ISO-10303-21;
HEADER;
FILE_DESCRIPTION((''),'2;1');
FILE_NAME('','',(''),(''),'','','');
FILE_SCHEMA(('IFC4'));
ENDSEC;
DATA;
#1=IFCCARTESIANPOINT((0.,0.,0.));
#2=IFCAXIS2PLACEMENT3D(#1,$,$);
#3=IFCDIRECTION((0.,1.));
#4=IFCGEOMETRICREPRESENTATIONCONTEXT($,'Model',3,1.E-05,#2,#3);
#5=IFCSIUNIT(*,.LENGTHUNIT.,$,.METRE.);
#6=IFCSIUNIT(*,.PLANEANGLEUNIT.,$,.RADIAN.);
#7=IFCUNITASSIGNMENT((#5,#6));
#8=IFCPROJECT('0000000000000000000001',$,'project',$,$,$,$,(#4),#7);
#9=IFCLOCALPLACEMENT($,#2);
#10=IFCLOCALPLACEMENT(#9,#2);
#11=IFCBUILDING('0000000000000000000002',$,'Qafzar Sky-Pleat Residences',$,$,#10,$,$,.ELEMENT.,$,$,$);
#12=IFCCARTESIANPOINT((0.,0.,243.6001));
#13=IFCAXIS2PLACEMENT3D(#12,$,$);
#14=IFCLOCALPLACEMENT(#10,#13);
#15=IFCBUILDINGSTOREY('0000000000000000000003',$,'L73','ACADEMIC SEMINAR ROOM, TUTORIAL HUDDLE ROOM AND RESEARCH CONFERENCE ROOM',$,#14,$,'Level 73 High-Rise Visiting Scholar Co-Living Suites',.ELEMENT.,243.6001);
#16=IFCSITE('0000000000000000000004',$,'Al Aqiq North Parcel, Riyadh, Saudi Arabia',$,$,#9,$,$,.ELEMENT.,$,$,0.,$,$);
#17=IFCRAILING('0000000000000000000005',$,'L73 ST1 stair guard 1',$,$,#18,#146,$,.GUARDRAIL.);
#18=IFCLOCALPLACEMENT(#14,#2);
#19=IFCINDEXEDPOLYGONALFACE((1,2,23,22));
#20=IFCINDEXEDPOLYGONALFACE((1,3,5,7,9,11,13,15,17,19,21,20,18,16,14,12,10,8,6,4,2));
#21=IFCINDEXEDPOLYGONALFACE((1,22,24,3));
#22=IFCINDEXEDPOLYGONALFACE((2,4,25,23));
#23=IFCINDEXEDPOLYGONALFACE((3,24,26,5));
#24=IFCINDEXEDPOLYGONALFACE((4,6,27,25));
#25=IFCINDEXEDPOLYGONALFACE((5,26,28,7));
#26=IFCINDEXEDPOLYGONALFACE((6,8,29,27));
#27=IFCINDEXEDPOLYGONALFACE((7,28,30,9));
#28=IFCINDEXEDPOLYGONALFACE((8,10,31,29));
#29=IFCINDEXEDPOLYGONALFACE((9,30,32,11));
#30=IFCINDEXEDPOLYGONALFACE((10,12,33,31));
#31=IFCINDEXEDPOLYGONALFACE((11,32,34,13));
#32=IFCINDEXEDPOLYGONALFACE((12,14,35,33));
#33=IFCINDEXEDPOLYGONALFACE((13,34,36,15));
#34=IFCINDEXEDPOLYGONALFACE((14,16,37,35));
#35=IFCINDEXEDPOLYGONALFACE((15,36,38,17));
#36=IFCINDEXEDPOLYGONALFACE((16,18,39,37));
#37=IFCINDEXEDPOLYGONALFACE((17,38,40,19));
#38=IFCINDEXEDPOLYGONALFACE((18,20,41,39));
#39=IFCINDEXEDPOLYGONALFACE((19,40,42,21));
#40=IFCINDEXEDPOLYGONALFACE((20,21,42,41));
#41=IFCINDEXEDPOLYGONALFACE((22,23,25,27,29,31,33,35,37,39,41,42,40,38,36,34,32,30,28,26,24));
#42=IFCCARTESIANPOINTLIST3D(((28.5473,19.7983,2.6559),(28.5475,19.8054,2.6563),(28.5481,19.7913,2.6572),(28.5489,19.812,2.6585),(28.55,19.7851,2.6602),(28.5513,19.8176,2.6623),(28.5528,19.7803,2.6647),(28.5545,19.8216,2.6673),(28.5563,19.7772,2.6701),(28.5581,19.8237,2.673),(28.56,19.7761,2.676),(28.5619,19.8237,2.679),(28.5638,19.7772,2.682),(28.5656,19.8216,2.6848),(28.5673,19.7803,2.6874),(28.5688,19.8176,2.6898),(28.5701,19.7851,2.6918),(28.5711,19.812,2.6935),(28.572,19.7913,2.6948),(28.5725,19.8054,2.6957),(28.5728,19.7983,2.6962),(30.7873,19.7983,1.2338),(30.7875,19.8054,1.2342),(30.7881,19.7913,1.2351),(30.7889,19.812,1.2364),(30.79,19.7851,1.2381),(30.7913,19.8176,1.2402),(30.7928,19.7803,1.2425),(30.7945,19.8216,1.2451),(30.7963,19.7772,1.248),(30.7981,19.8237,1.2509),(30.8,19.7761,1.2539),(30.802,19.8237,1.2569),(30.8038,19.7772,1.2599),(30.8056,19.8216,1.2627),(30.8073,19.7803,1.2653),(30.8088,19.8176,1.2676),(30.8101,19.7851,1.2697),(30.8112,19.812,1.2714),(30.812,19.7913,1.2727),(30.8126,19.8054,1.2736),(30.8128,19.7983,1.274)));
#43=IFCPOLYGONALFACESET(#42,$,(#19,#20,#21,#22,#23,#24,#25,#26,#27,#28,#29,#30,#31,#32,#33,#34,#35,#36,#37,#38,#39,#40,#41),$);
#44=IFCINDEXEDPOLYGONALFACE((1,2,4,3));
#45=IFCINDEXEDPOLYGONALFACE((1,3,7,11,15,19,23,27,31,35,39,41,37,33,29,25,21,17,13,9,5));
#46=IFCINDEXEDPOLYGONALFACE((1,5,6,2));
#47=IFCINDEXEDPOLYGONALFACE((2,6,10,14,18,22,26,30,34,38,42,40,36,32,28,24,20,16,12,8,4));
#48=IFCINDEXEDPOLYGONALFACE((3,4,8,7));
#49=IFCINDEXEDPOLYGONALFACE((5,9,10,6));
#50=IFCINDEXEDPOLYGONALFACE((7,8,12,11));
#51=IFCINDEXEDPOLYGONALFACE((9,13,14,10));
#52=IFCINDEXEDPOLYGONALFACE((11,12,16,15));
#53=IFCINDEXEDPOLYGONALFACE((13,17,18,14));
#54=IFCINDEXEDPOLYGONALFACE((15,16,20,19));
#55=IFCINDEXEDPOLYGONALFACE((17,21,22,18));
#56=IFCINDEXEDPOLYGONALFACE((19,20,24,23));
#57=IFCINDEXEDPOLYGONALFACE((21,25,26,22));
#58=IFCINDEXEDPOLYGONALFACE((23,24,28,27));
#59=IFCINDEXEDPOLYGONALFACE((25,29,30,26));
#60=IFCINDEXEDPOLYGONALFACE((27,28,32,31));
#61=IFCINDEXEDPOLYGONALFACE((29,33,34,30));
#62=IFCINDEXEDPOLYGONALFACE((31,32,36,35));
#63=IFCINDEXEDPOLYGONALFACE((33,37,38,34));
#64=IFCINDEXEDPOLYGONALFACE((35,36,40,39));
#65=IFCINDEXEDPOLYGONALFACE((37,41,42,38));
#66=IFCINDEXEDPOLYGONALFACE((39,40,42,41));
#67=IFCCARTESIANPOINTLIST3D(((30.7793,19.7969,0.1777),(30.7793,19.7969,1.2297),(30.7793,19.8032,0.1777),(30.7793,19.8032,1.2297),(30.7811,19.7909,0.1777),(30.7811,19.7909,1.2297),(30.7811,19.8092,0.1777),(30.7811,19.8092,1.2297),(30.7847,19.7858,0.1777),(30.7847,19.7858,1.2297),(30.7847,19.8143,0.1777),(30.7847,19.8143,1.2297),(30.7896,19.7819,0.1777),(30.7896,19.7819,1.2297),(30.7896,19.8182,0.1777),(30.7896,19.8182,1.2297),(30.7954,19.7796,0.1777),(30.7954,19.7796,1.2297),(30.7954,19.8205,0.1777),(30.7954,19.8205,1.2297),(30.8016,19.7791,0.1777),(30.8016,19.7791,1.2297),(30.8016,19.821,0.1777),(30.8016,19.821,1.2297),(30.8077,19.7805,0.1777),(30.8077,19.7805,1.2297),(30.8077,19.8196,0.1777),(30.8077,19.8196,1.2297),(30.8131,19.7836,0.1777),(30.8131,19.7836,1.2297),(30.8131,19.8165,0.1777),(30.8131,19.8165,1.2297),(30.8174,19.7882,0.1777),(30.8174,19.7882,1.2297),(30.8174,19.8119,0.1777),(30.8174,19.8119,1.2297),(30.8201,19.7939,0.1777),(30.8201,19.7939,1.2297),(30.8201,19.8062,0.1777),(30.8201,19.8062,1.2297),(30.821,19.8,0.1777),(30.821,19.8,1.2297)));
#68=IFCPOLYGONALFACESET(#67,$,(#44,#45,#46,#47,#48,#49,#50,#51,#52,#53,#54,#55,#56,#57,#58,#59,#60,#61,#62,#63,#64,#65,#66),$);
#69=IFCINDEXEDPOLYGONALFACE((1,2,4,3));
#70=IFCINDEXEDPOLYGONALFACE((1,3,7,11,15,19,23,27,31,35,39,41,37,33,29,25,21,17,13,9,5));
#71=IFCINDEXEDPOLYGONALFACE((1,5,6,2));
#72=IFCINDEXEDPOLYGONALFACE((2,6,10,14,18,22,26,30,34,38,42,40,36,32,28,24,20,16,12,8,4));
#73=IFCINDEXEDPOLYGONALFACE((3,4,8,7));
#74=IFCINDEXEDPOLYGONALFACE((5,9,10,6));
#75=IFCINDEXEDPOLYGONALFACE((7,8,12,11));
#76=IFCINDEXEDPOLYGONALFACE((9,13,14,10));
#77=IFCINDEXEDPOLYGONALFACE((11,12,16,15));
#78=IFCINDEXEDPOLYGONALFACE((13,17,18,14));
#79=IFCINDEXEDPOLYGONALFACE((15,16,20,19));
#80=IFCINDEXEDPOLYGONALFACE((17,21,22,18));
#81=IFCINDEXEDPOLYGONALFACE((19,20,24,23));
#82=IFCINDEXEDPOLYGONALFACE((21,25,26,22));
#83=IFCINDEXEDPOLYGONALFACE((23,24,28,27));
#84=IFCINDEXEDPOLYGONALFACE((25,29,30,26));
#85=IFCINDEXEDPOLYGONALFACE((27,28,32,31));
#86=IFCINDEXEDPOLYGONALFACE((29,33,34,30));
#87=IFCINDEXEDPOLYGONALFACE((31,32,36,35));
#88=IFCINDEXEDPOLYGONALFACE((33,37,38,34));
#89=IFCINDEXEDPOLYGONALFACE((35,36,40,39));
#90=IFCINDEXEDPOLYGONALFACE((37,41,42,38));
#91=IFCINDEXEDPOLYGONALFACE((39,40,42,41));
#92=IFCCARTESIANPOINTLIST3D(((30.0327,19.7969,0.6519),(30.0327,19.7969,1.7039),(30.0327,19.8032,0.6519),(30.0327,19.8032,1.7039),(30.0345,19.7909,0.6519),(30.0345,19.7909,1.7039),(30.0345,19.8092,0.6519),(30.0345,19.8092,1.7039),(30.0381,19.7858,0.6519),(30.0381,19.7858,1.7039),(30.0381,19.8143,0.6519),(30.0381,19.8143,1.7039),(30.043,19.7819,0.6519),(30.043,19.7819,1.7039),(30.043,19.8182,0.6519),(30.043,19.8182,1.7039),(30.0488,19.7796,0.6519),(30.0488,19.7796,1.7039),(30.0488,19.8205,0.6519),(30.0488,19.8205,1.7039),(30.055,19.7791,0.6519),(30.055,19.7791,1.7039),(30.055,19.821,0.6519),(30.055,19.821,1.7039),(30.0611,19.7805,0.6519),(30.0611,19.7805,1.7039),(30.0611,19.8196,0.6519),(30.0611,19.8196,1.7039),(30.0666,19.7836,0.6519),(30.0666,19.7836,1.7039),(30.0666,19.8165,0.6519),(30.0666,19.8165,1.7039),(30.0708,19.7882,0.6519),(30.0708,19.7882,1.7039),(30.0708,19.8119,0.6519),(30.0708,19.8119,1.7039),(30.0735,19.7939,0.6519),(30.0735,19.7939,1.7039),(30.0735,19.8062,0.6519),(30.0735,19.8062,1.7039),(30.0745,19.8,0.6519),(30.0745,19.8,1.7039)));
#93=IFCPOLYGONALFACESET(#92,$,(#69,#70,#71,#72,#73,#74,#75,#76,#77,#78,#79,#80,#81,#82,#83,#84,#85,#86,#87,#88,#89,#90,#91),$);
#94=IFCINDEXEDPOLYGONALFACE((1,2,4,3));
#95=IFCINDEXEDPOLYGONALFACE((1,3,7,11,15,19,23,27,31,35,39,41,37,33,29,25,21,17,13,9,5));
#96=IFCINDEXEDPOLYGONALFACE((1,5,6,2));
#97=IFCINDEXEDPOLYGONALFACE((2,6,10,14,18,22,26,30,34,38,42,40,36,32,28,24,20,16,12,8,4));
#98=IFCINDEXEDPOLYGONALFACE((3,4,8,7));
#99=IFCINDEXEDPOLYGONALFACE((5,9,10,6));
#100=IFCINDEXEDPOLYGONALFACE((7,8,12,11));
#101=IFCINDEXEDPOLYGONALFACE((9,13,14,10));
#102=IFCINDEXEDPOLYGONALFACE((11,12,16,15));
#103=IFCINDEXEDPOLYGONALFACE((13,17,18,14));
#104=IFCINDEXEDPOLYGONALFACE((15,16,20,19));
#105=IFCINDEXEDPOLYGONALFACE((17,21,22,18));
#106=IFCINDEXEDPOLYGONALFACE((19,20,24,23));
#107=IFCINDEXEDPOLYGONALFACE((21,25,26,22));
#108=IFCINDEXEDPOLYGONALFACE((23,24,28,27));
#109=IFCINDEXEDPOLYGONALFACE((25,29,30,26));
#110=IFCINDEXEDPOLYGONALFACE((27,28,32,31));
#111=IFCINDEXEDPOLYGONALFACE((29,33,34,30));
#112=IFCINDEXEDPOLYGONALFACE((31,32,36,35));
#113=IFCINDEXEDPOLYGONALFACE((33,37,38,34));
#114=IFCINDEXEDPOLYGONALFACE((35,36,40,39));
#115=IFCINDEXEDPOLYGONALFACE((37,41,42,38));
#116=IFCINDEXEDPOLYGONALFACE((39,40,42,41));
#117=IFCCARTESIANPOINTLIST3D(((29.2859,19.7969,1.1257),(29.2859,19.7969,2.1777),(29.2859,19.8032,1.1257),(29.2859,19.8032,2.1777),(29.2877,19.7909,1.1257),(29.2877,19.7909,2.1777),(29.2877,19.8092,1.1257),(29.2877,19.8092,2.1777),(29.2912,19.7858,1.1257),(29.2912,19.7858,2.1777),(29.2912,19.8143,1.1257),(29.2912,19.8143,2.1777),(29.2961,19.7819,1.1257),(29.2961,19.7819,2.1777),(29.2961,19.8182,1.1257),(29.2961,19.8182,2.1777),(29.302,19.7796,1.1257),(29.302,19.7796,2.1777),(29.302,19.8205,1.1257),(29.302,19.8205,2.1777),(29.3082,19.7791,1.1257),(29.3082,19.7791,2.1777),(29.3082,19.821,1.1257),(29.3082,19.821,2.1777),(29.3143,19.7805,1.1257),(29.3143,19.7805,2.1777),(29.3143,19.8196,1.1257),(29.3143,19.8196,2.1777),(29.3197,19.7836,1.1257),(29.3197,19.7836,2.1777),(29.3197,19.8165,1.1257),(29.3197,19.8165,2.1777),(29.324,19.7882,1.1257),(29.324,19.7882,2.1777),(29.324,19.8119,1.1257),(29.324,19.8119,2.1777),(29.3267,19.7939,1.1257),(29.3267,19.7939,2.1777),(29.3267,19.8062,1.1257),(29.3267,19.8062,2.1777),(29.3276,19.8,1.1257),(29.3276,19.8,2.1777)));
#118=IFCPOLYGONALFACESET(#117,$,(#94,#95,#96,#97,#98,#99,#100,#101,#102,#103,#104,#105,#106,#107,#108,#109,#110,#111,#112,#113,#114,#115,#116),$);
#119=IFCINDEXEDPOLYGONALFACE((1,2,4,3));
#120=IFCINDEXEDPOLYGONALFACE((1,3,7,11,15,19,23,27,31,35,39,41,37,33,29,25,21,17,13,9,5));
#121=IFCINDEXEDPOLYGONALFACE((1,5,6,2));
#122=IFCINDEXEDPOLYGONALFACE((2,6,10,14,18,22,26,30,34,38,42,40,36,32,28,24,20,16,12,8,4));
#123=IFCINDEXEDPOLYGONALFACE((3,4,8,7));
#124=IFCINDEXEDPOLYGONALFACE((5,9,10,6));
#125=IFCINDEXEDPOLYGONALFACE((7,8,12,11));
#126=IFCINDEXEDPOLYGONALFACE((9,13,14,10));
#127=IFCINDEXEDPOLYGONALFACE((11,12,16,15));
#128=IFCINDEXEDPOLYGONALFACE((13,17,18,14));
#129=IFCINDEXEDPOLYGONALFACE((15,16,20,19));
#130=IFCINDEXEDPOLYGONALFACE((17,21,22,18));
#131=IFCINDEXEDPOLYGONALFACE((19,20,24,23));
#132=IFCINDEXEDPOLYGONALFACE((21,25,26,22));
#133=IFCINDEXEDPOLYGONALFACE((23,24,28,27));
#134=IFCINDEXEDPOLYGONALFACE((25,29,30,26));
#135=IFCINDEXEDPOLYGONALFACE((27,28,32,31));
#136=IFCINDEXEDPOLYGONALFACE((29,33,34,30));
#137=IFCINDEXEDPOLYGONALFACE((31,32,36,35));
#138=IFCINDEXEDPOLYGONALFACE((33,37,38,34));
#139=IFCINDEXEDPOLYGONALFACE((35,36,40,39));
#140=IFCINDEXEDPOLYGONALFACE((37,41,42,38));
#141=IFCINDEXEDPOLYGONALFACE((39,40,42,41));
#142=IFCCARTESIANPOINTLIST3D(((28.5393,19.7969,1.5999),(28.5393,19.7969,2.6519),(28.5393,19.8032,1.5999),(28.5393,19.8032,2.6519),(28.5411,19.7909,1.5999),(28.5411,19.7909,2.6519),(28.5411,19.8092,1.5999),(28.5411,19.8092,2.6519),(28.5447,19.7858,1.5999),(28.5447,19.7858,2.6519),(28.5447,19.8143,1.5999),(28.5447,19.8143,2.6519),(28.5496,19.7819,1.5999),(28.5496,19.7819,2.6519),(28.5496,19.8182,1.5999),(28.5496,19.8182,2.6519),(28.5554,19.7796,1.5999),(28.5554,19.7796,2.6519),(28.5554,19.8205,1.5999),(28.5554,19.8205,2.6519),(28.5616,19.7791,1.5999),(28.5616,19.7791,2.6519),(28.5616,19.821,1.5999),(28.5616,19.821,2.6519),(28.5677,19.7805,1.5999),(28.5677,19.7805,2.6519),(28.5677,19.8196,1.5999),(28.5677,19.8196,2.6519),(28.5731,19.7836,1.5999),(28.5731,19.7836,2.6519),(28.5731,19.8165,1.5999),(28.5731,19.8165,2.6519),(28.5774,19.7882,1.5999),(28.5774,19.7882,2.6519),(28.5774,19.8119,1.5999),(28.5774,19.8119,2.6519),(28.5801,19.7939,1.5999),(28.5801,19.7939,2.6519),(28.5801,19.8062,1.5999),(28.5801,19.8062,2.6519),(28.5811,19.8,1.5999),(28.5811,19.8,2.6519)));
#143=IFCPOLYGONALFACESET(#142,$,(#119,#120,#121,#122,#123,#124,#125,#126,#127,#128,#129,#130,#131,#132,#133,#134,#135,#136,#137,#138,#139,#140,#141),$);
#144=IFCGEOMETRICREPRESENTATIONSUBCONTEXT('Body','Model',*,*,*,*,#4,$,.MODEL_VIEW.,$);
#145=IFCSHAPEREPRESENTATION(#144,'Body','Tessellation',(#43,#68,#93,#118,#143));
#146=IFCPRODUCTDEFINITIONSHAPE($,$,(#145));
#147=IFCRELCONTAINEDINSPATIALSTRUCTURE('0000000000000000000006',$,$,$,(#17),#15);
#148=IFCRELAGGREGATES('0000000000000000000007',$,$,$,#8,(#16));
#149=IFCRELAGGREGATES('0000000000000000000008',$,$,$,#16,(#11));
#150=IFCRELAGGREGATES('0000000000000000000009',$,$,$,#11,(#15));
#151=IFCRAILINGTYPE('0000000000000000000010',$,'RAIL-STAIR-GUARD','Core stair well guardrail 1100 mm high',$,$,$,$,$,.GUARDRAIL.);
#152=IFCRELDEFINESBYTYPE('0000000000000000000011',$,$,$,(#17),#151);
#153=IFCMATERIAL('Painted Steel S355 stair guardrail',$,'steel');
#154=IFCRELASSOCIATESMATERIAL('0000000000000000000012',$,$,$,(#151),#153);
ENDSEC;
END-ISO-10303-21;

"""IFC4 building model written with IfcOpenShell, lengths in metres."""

from ifc_helpers import new_model, si_unit, direction, frame, origin, origin_2d, place, context, subcontext, project, spatial, circle, extrude, source, transform, mapped, material, type_object, element, save


model = new_model("IFC4")

# Units and contexts
model_context = context("Model", 3, precision=1e-05, world=origin(), true_north=direction((0.0, 1.0)))
body_context = subcontext(model_context, "Body", "Model", "MODEL_VIEW")
ifc_project = project(units=[si_unit("LENGTHUNIT", "METRE"), si_unit("PLANEANGLEUNIT", "RADIAN")], contexts=[model_context])

# Site, building, storey
site_placement = place(None, origin())
site = spatial("IfcSite", under=ifc_project, at=site_placement, Name="Al Aqiq North Parcel, Riyadh, Saudi Arabia", CompositionType="ELEMENT", RefElevation=0.0)
building_placement = place(site_placement, origin())
building = spatial("IfcBuilding", under=site, at=building_placement, Name="Qafzar Sky-Pleat Residences", CompositionType="ELEMENT")
storey_placement = place(building_placement, frame((0.0, 0.0, 243.6001)))
storey = spatial("IfcBuildingStorey", under=building, at=storey_placement, Name="L73", Description="ACADEMIC SEMINAR ROOM, TUTORIAL HUDDLE ROOM AND RESEARCH CONFERENCE ROOM", LongName="Level 73 High-Rise Visiting Scholar Co-Living Suites", CompositionType="ELEMENT", Elevation=243.6001)

# Railing
ifc_material_1 = material(Name="Painted Steel S355 stair guardrail", Category="steel")
railing_type_1 = type_object("IfcRailingType", Name="RAIL-STAIR-GUARD", Description="Core stair well guardrail 1100 mm high", PredefinedType="GUARDRAIL", material=ifc_material_1)
shared_shape_1 = source(origin(), body_context, "Body", "SweptSolid", [
    extrude(circle(Radius=0.0239, at=origin_2d()), frame((0.0, 0.0, 1.0762), z_axis=(-0.844229, 0.0, 0.535982), x_axis=(0.0, -1.0, 0.0)), (0.0, 0.0, 1.0), 2.6533),
    extrude(circle(Radius=0.021, at=origin_2d()), origin(), (0.0, 0.0, 1.0), 1.052),
    extrude(circle(Radius=0.021, at=origin_2d()), frame((-0.7466, 0.0, 0.4741)), (0.0, 0.0, 1.0), 1.052),
    extrude(circle(Radius=0.021, at=origin_2d()), frame((-1.4934, 0.0, 0.948)), (0.0, 0.0, 1.0), 1.052),
    extrude(circle(Radius=0.021, at=origin_2d()), frame((-2.24, 0.0, 1.4221)), (0.0, 0.0, 1.0), 1.052),
])
railing_1_placement = place(storey_placement, frame((30.8, 19.8, 0.1777)))
element("IfcRailing", 1, at=railing_1_placement, inside=storey, type_object=railing_type_1, Name="L73 ST1 stair guard 1", PredefinedType="GUARDRAIL", context=body_context, shape_type="MappedRepresentation", body=[
    mapped(shared_shape_1, transform((0.0, 0.0, 0.0), x_axis=(1.0, 0.0, 0.0), y_axis=(0.0, 1.0, 0.0), z_axis=(0.0, 0.0, 1.0), scale=1.0)),
])

save(model, "model.ifc")
